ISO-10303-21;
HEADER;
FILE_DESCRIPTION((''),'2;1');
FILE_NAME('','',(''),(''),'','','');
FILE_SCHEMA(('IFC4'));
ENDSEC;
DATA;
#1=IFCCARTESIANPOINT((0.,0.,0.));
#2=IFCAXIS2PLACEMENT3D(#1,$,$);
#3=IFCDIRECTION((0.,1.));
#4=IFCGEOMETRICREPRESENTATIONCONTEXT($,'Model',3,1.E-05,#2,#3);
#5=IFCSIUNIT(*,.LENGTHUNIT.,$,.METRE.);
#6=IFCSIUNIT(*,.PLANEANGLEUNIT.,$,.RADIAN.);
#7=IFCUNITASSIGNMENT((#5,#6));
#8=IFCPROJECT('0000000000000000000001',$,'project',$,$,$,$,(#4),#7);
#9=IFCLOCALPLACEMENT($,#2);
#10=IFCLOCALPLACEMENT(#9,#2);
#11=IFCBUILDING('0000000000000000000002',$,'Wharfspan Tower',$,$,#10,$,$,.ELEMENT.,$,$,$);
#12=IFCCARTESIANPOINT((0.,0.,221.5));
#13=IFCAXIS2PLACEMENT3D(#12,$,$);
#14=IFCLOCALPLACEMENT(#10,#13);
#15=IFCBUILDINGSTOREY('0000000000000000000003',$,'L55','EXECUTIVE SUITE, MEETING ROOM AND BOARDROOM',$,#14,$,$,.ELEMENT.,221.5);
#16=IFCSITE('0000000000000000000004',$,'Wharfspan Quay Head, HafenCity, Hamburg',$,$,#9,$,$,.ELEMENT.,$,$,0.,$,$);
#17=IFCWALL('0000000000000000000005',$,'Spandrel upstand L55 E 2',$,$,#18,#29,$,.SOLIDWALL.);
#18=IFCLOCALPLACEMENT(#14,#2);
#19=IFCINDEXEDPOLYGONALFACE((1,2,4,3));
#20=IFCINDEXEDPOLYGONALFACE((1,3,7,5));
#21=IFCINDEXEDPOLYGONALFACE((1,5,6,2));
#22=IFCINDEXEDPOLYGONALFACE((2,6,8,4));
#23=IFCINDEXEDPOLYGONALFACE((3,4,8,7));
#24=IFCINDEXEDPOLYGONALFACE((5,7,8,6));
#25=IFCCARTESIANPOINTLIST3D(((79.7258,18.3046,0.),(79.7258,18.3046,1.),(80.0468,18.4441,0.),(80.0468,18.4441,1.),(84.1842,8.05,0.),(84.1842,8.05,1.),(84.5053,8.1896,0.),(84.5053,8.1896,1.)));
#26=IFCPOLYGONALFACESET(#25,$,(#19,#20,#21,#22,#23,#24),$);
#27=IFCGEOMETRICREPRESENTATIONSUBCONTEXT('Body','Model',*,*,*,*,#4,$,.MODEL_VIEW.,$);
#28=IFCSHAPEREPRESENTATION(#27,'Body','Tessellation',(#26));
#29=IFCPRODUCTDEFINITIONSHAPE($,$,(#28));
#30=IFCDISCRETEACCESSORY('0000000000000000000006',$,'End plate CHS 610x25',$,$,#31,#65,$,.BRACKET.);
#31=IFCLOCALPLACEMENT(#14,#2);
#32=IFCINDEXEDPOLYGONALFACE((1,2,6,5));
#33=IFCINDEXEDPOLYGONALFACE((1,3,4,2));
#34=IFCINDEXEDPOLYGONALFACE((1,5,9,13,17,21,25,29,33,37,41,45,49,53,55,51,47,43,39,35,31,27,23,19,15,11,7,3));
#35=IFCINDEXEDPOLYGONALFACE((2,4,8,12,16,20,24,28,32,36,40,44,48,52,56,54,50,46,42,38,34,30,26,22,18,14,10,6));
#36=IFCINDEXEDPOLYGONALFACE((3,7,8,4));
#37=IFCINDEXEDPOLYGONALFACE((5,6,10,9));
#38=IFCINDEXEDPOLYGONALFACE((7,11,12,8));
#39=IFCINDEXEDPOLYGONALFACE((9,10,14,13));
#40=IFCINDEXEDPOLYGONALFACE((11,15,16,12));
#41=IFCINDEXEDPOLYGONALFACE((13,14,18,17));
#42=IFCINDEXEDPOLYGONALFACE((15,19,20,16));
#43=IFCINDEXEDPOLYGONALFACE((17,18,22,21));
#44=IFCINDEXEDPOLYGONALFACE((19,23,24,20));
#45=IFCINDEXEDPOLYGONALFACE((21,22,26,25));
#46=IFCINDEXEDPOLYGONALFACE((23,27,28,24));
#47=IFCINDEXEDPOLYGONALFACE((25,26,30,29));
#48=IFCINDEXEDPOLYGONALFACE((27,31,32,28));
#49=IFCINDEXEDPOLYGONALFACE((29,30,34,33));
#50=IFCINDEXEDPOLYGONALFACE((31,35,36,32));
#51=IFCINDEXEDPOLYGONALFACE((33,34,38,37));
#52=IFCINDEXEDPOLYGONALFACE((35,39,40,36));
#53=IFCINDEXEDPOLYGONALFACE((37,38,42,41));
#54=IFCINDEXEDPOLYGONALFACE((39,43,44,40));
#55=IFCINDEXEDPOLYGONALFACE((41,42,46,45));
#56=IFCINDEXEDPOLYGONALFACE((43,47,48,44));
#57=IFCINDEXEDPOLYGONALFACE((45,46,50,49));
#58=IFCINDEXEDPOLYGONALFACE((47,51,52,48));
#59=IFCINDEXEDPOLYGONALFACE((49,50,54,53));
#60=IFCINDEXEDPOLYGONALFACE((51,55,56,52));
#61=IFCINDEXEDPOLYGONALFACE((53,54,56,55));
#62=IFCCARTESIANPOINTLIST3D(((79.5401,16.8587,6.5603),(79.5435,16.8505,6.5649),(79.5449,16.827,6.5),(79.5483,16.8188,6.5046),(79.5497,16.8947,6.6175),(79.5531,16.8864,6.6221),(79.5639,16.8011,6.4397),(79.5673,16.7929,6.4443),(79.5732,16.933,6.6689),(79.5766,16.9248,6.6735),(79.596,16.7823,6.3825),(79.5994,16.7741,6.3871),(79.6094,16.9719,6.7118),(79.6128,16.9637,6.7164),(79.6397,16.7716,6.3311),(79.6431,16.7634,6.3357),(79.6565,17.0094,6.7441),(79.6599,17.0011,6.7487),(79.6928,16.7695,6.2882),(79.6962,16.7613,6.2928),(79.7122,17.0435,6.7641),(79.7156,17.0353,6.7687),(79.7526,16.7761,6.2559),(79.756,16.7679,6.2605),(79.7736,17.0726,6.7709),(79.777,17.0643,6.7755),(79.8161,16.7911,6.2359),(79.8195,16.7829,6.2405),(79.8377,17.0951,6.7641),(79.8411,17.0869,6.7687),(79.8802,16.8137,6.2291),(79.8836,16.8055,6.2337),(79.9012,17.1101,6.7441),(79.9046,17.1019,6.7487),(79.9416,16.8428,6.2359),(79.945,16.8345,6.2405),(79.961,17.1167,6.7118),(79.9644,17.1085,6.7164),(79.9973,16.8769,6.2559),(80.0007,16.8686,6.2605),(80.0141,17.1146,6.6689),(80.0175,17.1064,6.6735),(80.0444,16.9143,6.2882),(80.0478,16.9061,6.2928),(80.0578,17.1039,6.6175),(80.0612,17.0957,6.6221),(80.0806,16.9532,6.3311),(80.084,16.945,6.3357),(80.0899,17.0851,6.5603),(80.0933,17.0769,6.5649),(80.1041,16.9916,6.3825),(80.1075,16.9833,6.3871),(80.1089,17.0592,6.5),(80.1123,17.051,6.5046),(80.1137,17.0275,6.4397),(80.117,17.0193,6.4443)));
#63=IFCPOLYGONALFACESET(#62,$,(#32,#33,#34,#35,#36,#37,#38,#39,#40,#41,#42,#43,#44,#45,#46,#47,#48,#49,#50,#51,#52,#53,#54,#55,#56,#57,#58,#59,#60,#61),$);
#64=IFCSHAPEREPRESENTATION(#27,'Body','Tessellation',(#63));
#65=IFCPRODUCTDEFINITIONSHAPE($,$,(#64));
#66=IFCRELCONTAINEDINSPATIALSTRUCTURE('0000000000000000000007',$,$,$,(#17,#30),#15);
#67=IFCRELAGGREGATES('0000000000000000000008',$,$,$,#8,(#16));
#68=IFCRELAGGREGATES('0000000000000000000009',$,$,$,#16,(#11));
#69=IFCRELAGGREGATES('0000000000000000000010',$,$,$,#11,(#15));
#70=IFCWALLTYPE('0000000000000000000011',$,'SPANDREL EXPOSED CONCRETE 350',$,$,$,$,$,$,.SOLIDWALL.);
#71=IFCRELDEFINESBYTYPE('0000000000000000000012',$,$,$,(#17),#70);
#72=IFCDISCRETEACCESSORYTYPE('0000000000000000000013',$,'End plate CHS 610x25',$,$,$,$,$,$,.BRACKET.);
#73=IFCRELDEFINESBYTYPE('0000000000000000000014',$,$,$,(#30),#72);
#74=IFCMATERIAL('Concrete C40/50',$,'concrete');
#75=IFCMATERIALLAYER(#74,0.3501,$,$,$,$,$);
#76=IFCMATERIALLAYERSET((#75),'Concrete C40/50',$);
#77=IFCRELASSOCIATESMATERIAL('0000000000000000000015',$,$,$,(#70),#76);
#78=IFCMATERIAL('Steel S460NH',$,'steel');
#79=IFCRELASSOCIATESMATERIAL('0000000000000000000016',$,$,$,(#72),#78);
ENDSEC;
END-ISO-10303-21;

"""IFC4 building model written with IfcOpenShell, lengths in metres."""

from ifc_helpers import new_model, si_unit, direction, frame, frame_2d, origin, origin_2d, place, context, subcontext, project, spatial, rectangle, circle, extrude, material, layer, layer_set, material_profile, profile_set, type_object, element, save


model = new_model("IFC4")

# Units and contexts
model_context = context("Model", 3, precision=1e-05, world=origin(), true_north=direction((0.0, 1.0)))
body_context = subcontext(model_context, "Body", "Model", "MODEL_VIEW")
ifc_project = project(units=[si_unit("LENGTHUNIT", "METRE"), si_unit("PLANEANGLEUNIT", "RADIAN")], contexts=[model_context])

# Site, building, storey
site_placement = place(None, origin())
site = spatial("IfcSite", under=ifc_project, at=site_placement, Name="Wharfspan Quay Head, HafenCity, Hamburg", CompositionType="ELEMENT", RefElevation=0.0)
building_placement = place(site_placement, origin())
building = spatial("IfcBuilding", under=site, at=building_placement, Name="Wharfspan Tower", CompositionType="ELEMENT")
storey_placement = place(building_placement, frame((0.0, 0.0, 221.5)))
storey = spatial("IfcBuildingStorey", under=building, at=storey_placement, Name="L55", Description="EXECUTIVE SUITE, MEETING ROOM AND BOARDROOM", CompositionType="ELEMENT", Elevation=221.5)

# Wall
ifc_material_1 = material(Name="Concrete C40/50", Category="concrete")
ifc_layer_1 = layer(ifc_material_1, 0.3501)
ifc_layer_set_1 = layer_set([ifc_layer_1], Name="Concrete C40/50")
wall_type_1 = type_object("IfcWallType", Name="SPANDREL EXPOSED CONCRETE 350", PredefinedType="SOLIDWALL", material=ifc_layer_set_1)
wall_1_placement = place(storey_placement, frame((84.3447, 8.1199, 0.0), z_axis=(0.0, 0.0, 1.0), x_axis=(-0.398721, 0.917067, 0.0)))
element("IfcWall", 1, at=wall_1_placement, inside=storey, type_object=wall_type_1, Name="Spandrel upstand L55 E 2", PredefinedType="SOLIDWALL", context=body_context, shape_type="SweptSolid", body=[
    extrude(rectangle(XDim=11.1819, YDim=0.3501, at=frame_2d((5.5908, 0.0))), origin(), (0.0, 0.0, 1.0), 1.0),
])

# Discrete accessory
ifc_material_2 = material(Name="Steel S460NH", Category="steel")
ifc_material_profile_1 = material_profile(ifc_material_2, circle(Radius=0.3049, at=origin_2d()))
ifc_profile_set_1 = profile_set([ifc_material_profile_1], Name="Steel S460NH")
discrete_accessory_type = type_object("IfcDiscreteAccessoryType", Name="End plate CHS 610x25", PredefinedType="BRACKET", material=ifc_profile_set_1)
discrete_accessory_placement = place(storey_placement, frame((79.8269, 16.9431, 6.5), z_axis=(0.338259, -0.821486, 0.459066), x_axis=(0.924676, 0.380749, 0.0)))
element("IfcDiscreteAccessory", 2, at=discrete_accessory_placement, inside=storey, type_object=discrete_accessory_type, Name="End plate CHS 610x25", PredefinedType="BRACKET", context=body_context, shape_type="SweptSolid", body=[
    extrude(circle(Radius=0.3049, at=origin_2d()), origin(), (0.0, 0.0, 1.0), 0.01),
])

save(model, "model.ifc")
